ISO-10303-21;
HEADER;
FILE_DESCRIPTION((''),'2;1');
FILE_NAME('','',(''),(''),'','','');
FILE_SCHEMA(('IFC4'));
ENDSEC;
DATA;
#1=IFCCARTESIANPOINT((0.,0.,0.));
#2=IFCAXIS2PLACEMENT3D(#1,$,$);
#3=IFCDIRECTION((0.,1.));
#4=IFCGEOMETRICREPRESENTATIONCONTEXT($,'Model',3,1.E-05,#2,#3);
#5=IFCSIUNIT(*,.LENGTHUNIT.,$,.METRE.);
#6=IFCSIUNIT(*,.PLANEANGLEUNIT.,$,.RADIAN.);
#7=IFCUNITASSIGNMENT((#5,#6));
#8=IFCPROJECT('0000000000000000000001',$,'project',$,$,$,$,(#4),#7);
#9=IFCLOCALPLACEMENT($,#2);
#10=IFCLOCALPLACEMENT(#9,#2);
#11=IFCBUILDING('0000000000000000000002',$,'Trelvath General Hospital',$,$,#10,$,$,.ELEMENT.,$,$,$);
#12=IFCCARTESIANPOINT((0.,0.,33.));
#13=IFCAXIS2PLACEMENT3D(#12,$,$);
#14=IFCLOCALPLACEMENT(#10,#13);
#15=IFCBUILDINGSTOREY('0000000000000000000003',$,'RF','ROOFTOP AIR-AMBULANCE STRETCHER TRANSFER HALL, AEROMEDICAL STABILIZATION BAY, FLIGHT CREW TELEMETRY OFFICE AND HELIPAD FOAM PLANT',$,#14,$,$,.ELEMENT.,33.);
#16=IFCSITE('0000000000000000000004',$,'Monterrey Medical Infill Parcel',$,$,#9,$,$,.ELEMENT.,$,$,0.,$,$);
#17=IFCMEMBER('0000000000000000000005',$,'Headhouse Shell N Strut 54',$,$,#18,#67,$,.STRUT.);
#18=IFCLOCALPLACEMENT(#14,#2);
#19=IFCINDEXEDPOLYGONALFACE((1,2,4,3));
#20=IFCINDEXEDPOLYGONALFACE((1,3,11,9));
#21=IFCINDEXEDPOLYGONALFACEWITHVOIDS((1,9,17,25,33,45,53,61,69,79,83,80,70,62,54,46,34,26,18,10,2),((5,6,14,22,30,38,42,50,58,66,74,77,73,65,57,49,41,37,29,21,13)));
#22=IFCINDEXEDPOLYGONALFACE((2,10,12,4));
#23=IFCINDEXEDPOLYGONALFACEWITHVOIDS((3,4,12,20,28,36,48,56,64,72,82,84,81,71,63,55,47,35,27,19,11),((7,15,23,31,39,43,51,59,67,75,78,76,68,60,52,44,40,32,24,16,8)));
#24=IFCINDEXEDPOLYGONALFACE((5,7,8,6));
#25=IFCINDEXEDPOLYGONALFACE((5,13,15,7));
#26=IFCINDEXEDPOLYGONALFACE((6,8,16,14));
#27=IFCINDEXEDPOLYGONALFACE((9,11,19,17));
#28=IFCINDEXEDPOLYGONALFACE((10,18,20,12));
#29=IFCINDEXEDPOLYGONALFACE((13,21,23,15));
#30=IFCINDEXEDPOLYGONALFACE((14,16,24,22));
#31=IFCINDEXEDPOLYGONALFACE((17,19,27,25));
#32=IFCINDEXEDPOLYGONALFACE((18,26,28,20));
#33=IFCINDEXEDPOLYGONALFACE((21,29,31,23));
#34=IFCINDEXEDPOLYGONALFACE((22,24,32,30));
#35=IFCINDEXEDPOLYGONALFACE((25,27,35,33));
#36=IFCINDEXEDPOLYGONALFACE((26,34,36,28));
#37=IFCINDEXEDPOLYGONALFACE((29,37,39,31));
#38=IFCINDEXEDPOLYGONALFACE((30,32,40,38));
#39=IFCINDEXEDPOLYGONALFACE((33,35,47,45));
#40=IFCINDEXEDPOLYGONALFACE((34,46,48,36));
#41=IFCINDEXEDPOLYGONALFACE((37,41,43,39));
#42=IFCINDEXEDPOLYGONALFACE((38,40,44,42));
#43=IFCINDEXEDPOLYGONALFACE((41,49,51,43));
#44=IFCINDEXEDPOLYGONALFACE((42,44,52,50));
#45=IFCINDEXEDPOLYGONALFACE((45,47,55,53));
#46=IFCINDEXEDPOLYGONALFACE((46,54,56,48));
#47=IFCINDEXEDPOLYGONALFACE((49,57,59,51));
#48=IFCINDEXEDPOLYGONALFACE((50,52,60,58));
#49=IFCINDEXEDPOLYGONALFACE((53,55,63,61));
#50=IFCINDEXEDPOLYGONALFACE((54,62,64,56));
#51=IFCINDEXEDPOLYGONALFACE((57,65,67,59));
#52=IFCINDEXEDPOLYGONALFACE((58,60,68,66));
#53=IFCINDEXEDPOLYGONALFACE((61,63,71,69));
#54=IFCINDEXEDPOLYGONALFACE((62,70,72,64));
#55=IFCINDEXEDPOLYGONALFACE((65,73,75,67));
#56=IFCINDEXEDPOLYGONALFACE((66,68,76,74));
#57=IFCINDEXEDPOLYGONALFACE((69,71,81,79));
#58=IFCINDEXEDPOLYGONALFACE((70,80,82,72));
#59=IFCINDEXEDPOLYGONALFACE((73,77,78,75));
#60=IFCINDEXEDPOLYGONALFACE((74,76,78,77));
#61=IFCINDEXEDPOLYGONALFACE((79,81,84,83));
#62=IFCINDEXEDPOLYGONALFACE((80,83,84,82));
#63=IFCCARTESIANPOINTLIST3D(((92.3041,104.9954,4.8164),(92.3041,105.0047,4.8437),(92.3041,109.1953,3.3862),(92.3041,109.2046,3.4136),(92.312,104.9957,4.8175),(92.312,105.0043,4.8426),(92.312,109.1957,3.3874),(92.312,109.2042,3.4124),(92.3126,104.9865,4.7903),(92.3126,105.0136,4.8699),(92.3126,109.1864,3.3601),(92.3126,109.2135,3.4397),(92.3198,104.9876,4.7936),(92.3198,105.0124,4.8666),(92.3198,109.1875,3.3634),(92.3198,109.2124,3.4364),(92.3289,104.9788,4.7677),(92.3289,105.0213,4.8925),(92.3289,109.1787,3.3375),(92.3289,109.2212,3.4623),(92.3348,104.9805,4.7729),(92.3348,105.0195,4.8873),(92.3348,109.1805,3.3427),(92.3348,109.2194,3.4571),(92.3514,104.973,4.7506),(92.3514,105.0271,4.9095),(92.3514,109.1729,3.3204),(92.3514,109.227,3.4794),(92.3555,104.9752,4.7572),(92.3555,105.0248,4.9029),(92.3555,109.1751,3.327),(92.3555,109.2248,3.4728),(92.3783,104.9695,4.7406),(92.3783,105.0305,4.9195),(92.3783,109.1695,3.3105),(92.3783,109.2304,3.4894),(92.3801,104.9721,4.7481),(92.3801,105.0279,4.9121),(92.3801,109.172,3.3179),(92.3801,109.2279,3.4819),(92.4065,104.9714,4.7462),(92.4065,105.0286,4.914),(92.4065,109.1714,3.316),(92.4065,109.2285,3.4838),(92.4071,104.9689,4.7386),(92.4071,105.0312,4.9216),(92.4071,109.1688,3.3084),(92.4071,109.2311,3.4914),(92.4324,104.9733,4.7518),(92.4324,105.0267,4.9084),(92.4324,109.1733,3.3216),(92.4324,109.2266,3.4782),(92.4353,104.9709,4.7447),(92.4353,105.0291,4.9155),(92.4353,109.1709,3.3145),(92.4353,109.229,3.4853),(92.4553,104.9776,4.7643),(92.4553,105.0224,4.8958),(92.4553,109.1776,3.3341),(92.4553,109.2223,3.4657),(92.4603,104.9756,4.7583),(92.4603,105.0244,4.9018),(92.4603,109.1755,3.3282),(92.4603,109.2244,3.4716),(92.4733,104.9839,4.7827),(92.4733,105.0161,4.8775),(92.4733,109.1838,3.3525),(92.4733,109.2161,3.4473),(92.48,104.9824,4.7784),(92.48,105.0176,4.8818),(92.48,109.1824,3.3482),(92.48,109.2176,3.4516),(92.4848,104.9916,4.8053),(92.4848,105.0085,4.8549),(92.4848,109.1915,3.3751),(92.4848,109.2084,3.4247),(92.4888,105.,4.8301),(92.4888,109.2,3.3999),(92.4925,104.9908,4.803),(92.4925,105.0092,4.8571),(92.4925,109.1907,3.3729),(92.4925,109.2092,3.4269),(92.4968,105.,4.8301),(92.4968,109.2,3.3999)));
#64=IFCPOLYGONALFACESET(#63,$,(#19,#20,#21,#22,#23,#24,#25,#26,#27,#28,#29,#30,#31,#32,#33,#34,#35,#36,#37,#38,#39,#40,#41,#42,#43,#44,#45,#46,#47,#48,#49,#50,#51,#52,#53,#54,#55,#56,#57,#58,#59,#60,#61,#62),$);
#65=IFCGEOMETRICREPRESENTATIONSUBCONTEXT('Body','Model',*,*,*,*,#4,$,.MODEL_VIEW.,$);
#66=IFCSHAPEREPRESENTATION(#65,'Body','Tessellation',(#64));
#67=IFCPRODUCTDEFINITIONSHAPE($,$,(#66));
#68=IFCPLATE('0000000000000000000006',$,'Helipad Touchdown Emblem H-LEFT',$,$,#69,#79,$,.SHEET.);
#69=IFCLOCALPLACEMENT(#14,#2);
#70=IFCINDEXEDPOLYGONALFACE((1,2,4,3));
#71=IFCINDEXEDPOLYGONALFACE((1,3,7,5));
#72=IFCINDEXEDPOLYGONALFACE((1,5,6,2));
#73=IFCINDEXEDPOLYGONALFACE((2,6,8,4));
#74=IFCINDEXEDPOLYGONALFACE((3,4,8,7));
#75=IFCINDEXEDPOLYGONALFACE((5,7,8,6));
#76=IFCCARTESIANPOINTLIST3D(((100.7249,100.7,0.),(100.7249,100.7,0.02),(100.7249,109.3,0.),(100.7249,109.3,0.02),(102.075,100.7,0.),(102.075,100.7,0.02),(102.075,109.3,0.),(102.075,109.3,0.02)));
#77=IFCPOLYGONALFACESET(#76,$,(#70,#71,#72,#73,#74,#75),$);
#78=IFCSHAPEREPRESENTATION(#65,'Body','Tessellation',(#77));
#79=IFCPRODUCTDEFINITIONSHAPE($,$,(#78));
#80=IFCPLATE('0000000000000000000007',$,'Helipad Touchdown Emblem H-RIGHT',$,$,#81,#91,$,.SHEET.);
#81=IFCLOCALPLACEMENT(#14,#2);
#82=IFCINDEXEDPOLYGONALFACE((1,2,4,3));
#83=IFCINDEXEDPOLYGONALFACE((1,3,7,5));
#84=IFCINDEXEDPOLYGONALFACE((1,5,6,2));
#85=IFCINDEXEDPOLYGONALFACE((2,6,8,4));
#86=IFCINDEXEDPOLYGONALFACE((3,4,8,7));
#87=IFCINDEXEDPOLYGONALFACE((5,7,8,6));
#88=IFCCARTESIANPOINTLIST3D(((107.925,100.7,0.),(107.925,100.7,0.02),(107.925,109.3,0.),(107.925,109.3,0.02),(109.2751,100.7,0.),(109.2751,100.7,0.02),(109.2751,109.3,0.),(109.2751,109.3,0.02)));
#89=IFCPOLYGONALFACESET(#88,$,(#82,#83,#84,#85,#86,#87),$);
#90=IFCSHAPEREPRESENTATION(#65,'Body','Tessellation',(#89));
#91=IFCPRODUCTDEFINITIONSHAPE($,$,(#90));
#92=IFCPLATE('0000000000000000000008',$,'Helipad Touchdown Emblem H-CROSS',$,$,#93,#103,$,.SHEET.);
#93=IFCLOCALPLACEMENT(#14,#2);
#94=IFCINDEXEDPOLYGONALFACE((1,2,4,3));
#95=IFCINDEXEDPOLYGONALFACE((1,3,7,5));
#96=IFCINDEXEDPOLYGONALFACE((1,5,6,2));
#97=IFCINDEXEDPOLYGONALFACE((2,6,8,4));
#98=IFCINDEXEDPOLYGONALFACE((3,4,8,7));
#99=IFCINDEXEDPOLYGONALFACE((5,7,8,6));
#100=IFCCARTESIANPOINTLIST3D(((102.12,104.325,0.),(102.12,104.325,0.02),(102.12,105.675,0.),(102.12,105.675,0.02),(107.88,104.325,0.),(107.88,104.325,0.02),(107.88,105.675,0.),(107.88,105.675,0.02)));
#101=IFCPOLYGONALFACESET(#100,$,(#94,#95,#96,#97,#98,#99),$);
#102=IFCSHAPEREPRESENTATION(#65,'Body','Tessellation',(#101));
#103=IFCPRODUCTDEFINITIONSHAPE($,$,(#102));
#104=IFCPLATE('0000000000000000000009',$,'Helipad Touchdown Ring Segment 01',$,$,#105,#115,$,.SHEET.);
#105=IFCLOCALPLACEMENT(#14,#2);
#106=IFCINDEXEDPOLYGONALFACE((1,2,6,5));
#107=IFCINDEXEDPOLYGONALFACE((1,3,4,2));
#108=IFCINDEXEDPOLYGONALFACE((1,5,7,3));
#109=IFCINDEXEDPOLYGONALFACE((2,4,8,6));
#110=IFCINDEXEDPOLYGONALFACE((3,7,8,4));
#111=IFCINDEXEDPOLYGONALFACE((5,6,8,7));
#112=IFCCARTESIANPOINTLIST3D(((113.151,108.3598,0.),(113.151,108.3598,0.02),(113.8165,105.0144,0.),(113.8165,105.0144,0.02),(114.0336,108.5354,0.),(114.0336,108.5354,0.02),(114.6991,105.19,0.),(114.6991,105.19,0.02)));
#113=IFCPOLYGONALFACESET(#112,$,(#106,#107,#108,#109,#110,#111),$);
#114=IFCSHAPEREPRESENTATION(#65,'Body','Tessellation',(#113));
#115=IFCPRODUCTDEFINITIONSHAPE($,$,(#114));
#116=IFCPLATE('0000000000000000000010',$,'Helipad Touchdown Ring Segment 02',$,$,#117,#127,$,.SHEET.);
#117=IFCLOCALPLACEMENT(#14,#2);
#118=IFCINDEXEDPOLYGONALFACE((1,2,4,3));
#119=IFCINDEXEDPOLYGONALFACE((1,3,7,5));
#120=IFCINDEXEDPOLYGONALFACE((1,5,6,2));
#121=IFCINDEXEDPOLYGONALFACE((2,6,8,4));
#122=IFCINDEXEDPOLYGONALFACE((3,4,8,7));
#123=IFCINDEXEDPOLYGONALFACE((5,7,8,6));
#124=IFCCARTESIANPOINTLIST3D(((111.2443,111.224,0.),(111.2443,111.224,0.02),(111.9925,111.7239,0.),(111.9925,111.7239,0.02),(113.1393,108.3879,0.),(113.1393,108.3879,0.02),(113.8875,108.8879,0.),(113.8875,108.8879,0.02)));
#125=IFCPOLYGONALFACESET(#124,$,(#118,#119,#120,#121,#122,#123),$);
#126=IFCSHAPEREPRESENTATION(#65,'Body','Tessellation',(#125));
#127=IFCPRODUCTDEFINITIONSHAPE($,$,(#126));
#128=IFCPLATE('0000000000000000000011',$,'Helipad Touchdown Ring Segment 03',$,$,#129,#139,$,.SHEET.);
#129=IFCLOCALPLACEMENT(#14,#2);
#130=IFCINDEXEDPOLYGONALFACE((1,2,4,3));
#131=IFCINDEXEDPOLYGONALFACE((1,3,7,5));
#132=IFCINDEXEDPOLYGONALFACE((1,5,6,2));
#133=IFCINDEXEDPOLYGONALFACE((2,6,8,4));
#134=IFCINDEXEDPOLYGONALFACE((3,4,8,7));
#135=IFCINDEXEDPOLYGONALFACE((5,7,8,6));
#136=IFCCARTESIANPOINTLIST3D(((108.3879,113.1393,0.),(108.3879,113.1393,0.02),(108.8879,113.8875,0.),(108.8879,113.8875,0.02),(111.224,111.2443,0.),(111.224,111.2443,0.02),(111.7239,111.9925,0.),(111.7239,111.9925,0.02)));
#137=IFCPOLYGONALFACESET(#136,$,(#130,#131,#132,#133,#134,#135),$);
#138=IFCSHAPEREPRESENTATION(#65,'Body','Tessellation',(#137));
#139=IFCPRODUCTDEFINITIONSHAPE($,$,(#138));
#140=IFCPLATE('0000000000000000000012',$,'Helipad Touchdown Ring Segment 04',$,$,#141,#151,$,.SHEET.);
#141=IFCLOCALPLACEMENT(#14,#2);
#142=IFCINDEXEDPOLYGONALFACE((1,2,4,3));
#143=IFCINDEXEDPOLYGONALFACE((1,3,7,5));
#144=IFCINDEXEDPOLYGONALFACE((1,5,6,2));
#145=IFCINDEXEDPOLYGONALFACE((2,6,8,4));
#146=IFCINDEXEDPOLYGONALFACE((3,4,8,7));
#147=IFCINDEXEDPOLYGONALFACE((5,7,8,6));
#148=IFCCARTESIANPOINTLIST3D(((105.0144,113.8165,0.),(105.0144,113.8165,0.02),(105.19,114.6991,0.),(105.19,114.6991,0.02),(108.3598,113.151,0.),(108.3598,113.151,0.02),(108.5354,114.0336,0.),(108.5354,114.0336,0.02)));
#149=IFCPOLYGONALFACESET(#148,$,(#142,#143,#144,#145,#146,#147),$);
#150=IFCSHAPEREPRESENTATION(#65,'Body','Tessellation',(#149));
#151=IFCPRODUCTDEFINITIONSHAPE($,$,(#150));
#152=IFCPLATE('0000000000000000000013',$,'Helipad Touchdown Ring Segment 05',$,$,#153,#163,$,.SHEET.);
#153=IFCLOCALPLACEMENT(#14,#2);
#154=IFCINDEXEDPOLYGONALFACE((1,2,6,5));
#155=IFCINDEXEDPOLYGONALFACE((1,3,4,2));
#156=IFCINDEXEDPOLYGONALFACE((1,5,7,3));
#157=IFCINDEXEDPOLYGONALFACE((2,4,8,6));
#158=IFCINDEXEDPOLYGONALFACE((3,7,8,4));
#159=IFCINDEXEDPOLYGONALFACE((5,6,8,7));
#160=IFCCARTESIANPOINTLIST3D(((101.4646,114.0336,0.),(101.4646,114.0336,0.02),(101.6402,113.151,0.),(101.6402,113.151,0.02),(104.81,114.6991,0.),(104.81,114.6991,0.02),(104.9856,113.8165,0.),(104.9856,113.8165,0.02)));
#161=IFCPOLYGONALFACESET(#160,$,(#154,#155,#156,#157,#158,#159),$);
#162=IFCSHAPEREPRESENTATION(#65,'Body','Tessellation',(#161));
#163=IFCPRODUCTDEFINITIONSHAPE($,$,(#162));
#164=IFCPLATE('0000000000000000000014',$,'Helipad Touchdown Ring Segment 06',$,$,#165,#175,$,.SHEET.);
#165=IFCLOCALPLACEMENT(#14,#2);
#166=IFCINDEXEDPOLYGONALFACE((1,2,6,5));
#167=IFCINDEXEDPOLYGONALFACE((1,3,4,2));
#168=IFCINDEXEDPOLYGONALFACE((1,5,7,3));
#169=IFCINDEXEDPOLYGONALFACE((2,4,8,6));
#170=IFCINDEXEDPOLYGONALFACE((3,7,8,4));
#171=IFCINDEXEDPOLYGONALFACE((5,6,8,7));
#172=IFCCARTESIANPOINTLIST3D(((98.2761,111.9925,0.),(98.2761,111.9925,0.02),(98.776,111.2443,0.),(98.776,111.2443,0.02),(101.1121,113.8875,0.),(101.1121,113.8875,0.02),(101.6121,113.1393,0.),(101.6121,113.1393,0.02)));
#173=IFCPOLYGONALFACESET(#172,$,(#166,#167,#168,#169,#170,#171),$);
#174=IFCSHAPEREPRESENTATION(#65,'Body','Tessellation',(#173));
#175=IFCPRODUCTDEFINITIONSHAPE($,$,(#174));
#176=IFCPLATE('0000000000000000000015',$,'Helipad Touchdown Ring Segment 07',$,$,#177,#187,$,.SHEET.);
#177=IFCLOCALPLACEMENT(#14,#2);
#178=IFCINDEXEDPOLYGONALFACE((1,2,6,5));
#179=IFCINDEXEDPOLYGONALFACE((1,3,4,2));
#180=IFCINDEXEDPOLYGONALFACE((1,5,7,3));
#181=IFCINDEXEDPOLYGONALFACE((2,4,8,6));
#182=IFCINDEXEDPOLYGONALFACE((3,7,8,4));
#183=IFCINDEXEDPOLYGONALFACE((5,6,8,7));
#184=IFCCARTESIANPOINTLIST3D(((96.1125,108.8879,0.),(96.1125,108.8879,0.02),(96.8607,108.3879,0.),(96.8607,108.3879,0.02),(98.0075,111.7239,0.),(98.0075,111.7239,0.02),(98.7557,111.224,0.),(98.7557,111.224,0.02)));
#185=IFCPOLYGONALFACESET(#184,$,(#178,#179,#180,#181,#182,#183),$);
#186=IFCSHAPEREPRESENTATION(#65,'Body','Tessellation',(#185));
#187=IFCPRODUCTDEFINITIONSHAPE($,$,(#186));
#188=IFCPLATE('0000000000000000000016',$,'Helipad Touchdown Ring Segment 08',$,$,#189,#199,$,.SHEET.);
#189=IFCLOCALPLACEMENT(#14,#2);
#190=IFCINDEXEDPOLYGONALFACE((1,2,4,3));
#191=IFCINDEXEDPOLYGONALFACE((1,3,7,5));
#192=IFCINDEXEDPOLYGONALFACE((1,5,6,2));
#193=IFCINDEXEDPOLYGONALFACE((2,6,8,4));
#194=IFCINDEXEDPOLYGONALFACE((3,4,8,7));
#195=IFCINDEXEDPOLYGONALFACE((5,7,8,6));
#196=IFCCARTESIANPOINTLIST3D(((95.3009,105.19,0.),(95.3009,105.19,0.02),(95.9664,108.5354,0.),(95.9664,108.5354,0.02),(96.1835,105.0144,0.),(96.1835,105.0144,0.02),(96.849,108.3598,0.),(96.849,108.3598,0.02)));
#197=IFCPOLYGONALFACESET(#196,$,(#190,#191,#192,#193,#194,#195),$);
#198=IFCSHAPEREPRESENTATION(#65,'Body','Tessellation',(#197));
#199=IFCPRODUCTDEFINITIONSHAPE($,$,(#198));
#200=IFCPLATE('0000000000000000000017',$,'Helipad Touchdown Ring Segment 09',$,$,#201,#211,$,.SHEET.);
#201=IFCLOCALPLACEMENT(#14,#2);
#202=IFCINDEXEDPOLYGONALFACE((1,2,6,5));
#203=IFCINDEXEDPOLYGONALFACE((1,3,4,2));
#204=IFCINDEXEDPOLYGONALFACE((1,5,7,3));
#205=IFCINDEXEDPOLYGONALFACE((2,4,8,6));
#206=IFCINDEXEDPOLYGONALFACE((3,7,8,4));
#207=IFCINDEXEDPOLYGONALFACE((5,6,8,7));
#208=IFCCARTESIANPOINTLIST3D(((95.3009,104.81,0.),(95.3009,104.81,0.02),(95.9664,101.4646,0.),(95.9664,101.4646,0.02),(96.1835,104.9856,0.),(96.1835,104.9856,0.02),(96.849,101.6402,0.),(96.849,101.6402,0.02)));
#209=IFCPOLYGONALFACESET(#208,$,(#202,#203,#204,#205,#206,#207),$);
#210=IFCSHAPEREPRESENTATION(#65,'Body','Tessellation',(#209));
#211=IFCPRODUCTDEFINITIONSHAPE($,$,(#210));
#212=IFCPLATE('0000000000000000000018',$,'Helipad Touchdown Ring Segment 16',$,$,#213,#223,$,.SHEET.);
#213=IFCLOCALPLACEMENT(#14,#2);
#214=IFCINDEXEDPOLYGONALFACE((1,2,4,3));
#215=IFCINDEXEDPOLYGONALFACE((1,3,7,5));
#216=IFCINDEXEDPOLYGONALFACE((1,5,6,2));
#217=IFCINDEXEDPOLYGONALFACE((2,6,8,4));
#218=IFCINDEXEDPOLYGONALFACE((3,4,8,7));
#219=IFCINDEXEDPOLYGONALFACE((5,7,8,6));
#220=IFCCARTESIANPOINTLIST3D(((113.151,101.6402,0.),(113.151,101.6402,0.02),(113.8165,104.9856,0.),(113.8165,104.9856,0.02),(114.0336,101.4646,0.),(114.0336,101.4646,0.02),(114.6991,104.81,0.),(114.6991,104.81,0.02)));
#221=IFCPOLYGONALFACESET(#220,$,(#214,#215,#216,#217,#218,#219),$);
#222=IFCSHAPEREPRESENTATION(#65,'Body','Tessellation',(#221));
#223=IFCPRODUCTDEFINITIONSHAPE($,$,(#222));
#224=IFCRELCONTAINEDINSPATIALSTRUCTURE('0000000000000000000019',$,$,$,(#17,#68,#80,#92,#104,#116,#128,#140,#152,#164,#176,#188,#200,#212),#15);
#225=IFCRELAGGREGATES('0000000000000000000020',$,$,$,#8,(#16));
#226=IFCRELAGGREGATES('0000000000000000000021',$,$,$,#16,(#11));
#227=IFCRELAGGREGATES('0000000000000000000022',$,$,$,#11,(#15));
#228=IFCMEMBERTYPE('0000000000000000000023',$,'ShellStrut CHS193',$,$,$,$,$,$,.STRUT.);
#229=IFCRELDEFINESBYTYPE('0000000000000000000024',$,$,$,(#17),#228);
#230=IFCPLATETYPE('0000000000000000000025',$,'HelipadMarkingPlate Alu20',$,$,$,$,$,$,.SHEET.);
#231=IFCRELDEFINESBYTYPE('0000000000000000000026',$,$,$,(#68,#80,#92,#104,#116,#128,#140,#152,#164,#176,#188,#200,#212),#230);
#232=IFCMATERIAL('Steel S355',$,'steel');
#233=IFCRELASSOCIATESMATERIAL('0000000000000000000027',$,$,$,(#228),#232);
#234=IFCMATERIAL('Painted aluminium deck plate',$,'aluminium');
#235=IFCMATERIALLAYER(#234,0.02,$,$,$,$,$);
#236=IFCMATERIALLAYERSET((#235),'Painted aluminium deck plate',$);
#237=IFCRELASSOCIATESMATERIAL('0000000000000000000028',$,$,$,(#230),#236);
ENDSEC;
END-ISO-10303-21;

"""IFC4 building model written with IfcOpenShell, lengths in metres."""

from ifc_helpers import new_model, si_unit, direction, frame, origin, origin_2d, place, context, subcontext, project, spatial, rectangle, hollow_circle, extrude, material, layer, layer_set, material_profile, profile_set, type_object, element, save


model = new_model("IFC4")

# Units and contexts
model_context = context("Model", 3, precision=1e-05, world=origin(), true_north=direction((0.0, 1.0)))
body_context = subcontext(model_context, "Body", "Model", "MODEL_VIEW")
ifc_project = project(units=[si_unit("LENGTHUNIT", "METRE"), si_unit("PLANEANGLEUNIT", "RADIAN")], contexts=[model_context])

# Site, building, storey
site_placement = place(None, origin())
site = spatial("IfcSite", under=ifc_project, at=site_placement, Name="Monterrey Medical Infill Parcel", CompositionType="ELEMENT", RefElevation=0.0)
building_placement = place(site_placement, origin())
building = spatial("IfcBuilding", under=site, at=building_placement, Name="Trelvath General Hospital", CompositionType="ELEMENT")
storey_placement = place(building_placement, frame((0.0, 0.0, 33.0)))
storey = spatial("IfcBuildingStorey", under=building, at=storey_placement, Name="RF", Description="ROOFTOP AIR-AMBULANCE STRETCHER TRANSFER HALL, AEROMEDICAL STABILIZATION BAY, FLIGHT CREW TELEMETRY OFFICE AND HELIPAD FOAM PLANT", CompositionType="ELEMENT", Elevation=33.0)

# Member
ifc_material_1 = material(Name="Steel S355", Category="steel")
ifc_material_profile = material_profile(ifc_material_1, hollow_circle(Radius=0.0969, WallThickness=0.0081, at=origin_2d()), Name="CHS193.7x8.0")
ifc_profile_set = profile_set([ifc_material_profile], Name="Steel S355")
member_type = type_object("IfcMemberType", Name="ShellStrut CHS193", PredefinedType="STRUT", material=ifc_profile_set)
member_placement = place(storey_placement, frame((92.3999, 109.2, 3.3999), z_axis=(0.0, -0.946622, 0.322346), x_axis=(1.0, 0.0, 0.0)))
element("IfcMember", 1, at=member_placement, inside=storey, type_object=member_type, Name="Headhouse Shell N Strut 54", PredefinedType="STRUT", context=body_context, shape_type="SweptSolid", body=[
    extrude(hollow_circle(Radius=0.0969, WallThickness=0.0081, at=origin_2d()), origin(), (0.0, 0.0, 1.0), 4.4368),
])

# Plates
ifc_material_2 = material(Name="Painted aluminium deck plate", Category="aluminium")
ifc_layer_1 = layer(ifc_material_2, 0.02)
ifc_layer_set_1 = layer_set([ifc_layer_1], Name="Painted aluminium deck plate")
plate_type = type_object("IfcPlateType", Name="HelipadMarkingPlate Alu20", PredefinedType="SHEET", material=ifc_layer_set_1)
for number, where, z_axis, x_axis, name in (
    (2, (101.3999, 105.0, 0.0), (0.0, 0.0, 1.0), (1.0, 0.0, 0.0), "Helipad Touchdown Emblem H-LEFT"),
    (3, (108.6001, 105.0, 0.0), (0.0, 0.0, 1.0), (1.0, 0.0, 0.0), "Helipad Touchdown Emblem H-RIGHT"),
):
    element("IfcPlate", number, at=place(storey_placement, frame(where, z_axis=z_axis, x_axis=x_axis)), inside=storey, type_object=plate_type, Name=name, PredefinedType="SHEET", context=body_context, shape_type="SweptSolid", body=[
        extrude(rectangle(XDim=1.3501, YDim=8.6001, at=origin_2d()), origin(), (0.0, 0.0, 1.0), 0.02),
    ])
plate_placement = place(storey_placement, frame((105.0, 105.0, 0.0), z_axis=(0.0, 0.0, 1.0), x_axis=(1.0, 0.0, 0.0)))
element("IfcPlate", 4, at=plate_placement, inside=storey, type_object=plate_type, Name="Helipad Touchdown Emblem H-CROSS", PredefinedType="SHEET", context=body_context, shape_type="SweptSolid", body=[
    extrude(rectangle(XDim=5.76, YDim=1.3501, at=origin_2d()), origin(), (0.0, 0.0, 1.0), 0.02),
])
for number, where, z_axis, x_axis, name in (
    (5, (113.925, 106.7749, 0.0), (0.0, 0.0, 1.0), (-0.19509, 0.980785, 0.0), "Helipad Touchdown Ring Segment 01"),
    (6, (112.5659, 110.0559, 0.0), (0.0, 0.0, 1.0), (-0.55557, 0.83147, 0.0), "Helipad Touchdown Ring Segment 02"),
    (7, (110.0559, 112.5659, 0.0), (0.0, 0.0, 1.0), (-0.83147, 0.55557, 0.0), "Helipad Touchdown Ring Segment 03"),
    (8, (106.7749, 113.925, 0.0), (0.0, 0.0, 1.0), (-0.980785, 0.19509, 0.0), "Helipad Touchdown Ring Segment 04"),
    (9, (103.2251, 113.925, 0.0), (0.0, 0.0, 1.0), (-0.980785, -0.19509, 0.0), "Helipad Touchdown Ring Segment 05"),
    (10, (99.9441, 112.5659, 0.0), (0.0, 0.0, 1.0), (-0.83147, -0.55557, 0.0), "Helipad Touchdown Ring Segment 06"),
    (11, (97.4341, 110.0559, 0.0), (0.0, 0.0, 1.0), (-0.55557, -0.83147, 0.0), "Helipad Touchdown Ring Segment 07"),
    (12, (96.075, 106.7749, 0.0), (0.0, 0.0, 1.0), (-0.19509, -0.980785, 0.0), "Helipad Touchdown Ring Segment 08"),
    (13, (96.075, 103.2251, 0.0), (0.0, 0.0, 1.0), (0.19509, -0.980785, 0.0), "Helipad Touchdown Ring Segment 09"),
    (14, (113.925, 103.2251, 0.0), (0.0, 0.0, 1.0), (0.19509, 0.980785, 0.0), "Helipad Touchdown Ring Segment 16"),
):
    element("IfcPlate", number, at=place(storey_placement, frame(where, z_axis=z_axis, x_axis=x_axis)), inside=storey, type_object=plate_type, Name=name, PredefinedType="SHEET", context=body_context, shape_type="SweptSolid", body=[
        extrude(rectangle(XDim=3.4109, YDim=0.8999, at=origin_2d()), origin(), (0.0, 0.0, 1.0), 0.02),
    ])

save(model, "model.ifc")
